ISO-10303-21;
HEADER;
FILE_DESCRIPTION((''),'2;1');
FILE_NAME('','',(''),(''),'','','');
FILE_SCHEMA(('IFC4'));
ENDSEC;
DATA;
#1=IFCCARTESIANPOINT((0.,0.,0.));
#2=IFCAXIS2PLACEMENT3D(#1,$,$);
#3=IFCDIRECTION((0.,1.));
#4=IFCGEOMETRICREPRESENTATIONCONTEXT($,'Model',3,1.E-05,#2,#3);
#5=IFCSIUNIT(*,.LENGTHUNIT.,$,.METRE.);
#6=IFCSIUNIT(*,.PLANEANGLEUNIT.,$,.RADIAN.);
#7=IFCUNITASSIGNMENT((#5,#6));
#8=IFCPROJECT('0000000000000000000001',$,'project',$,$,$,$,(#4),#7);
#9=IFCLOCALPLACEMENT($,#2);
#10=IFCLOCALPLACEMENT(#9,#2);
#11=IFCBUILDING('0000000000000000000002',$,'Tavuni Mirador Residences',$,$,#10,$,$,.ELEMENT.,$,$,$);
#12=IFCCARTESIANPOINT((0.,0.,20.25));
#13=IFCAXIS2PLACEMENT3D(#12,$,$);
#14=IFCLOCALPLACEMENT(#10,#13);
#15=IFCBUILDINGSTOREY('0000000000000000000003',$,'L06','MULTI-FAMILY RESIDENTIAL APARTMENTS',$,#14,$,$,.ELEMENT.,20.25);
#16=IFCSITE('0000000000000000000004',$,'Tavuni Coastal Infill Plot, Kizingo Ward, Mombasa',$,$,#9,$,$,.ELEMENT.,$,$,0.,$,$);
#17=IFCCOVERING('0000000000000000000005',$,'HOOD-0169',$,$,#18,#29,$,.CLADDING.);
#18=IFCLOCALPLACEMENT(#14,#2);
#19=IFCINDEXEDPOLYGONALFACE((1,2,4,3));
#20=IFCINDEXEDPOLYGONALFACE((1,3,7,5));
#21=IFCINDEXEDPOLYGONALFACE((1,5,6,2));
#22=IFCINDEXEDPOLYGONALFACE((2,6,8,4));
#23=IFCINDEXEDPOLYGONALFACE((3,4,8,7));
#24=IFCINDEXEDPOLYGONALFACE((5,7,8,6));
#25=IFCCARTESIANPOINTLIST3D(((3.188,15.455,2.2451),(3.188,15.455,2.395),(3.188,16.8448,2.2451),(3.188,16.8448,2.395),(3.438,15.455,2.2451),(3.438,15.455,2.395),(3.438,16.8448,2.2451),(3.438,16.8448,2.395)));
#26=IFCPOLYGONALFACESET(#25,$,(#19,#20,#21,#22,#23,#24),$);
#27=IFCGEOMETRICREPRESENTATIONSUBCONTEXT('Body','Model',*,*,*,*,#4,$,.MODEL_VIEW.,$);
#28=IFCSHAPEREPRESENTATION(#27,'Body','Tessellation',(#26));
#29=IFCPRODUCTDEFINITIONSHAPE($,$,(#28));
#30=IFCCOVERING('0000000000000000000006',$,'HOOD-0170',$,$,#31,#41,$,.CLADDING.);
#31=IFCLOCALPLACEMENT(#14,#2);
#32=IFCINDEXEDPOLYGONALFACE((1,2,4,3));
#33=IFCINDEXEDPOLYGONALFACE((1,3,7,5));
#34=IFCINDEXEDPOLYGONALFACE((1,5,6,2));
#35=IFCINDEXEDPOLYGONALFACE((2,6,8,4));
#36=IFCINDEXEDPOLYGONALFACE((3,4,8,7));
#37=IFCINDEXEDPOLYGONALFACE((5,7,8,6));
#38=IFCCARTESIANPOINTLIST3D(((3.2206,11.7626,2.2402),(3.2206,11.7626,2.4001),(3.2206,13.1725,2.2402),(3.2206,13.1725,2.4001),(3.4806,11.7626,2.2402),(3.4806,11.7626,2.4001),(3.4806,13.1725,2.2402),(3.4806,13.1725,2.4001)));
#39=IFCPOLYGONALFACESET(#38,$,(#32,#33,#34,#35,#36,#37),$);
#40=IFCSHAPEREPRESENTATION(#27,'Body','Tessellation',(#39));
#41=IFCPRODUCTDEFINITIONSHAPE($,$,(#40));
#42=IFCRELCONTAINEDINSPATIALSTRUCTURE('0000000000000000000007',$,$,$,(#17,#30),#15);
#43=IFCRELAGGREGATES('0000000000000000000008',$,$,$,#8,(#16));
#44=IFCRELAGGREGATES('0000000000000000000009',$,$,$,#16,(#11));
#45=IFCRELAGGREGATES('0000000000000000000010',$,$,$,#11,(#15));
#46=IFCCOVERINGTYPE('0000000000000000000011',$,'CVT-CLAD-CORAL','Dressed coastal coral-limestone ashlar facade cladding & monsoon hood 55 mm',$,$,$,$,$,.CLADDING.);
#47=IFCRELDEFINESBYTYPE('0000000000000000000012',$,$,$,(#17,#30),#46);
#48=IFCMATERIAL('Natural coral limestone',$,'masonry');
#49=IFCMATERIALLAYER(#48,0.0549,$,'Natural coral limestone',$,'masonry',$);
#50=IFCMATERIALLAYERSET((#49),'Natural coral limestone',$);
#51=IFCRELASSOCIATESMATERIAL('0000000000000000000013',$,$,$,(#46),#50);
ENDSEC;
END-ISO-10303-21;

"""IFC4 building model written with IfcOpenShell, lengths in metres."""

from ifc_helpers import new_model, si_unit, direction, frame, origin, origin_2d, place, context, subcontext, project, spatial, rectangle, extrude, material, layer, layer_set, type_object, element, save


model = new_model("IFC4")

# Units and contexts
model_context = context("Model", 3, precision=1e-05, world=origin(), true_north=direction((0.0, 1.0)))
body_context = subcontext(model_context, "Body", "Model", "MODEL_VIEW")
ifc_project = project(units=[si_unit("LENGTHUNIT", "METRE"), si_unit("PLANEANGLEUNIT", "RADIAN")], contexts=[model_context])

# Site, building, storey
site_placement = place(None, origin())
site = spatial("IfcSite", under=ifc_project, at=site_placement, Name="Tavuni Coastal Infill Plot, Kizingo Ward, Mombasa", CompositionType="ELEMENT", RefElevation=0.0)
building_placement = place(site_placement, origin())
building = spatial("IfcBuilding", under=site, at=building_placement, Name="Tavuni Mirador Residences", CompositionType="ELEMENT")
storey_placement = place(building_placement, frame((0.0, 0.0, 20.25)))
storey = spatial("IfcBuildingStorey", under=building, at=storey_placement, Name="L06", Description="MULTI-FAMILY RESIDENTIAL APARTMENTS", CompositionType="ELEMENT", Elevation=20.25)

# Coverings
ifc_material_1 = material(Name="Natural coral limestone", Category="masonry")
ifc_layer_1 = layer(ifc_material_1, 0.0549, Name="Natural coral limestone", Category="masonry")
ifc_layer_set_1 = layer_set([ifc_layer_1], Name="Natural coral limestone")
covering_type = type_object("IfcCoveringType", Name="CVT-CLAD-CORAL", Description="Dressed coastal coral-limestone ashlar facade cladding & monsoon hood 55 mm", PredefinedType="CLADDING", material=ifc_layer_set_1)
covering_1_placement = place(storey_placement, frame((3.313, 16.1499, 2.2451), z_axis=(0.0, 0.0, 1.0), x_axis=(0.0, -1.0, 0.0)))
element("IfcCovering", 1, at=covering_1_placement, inside=storey, type_object=covering_type, Name="HOOD-0169", PredefinedType="CLADDING", context=body_context, shape_type="SweptSolid", body=[
    extrude(rectangle(XDim=1.3899, YDim=0.25, at=origin_2d()), origin(), (0.0, 0.0, 1.0), 0.1499),
])
covering_2_placement = place(storey_placement, frame((3.3506, 12.4675, 2.2402), z_axis=(0.0, 0.0, 1.0), x_axis=(0.0, -1.0, 0.0)))
element("IfcCovering", 2, at=covering_2_placement, inside=storey, type_object=covering_type, Name="HOOD-0170", PredefinedType="CLADDING", context=body_context, shape_type="SweptSolid", body=[
    extrude(rectangle(XDim=1.4099, YDim=0.26, at=origin_2d()), origin(), (0.0, 0.0, 1.0), 0.1599),
])

save(model, "model.ifc")
